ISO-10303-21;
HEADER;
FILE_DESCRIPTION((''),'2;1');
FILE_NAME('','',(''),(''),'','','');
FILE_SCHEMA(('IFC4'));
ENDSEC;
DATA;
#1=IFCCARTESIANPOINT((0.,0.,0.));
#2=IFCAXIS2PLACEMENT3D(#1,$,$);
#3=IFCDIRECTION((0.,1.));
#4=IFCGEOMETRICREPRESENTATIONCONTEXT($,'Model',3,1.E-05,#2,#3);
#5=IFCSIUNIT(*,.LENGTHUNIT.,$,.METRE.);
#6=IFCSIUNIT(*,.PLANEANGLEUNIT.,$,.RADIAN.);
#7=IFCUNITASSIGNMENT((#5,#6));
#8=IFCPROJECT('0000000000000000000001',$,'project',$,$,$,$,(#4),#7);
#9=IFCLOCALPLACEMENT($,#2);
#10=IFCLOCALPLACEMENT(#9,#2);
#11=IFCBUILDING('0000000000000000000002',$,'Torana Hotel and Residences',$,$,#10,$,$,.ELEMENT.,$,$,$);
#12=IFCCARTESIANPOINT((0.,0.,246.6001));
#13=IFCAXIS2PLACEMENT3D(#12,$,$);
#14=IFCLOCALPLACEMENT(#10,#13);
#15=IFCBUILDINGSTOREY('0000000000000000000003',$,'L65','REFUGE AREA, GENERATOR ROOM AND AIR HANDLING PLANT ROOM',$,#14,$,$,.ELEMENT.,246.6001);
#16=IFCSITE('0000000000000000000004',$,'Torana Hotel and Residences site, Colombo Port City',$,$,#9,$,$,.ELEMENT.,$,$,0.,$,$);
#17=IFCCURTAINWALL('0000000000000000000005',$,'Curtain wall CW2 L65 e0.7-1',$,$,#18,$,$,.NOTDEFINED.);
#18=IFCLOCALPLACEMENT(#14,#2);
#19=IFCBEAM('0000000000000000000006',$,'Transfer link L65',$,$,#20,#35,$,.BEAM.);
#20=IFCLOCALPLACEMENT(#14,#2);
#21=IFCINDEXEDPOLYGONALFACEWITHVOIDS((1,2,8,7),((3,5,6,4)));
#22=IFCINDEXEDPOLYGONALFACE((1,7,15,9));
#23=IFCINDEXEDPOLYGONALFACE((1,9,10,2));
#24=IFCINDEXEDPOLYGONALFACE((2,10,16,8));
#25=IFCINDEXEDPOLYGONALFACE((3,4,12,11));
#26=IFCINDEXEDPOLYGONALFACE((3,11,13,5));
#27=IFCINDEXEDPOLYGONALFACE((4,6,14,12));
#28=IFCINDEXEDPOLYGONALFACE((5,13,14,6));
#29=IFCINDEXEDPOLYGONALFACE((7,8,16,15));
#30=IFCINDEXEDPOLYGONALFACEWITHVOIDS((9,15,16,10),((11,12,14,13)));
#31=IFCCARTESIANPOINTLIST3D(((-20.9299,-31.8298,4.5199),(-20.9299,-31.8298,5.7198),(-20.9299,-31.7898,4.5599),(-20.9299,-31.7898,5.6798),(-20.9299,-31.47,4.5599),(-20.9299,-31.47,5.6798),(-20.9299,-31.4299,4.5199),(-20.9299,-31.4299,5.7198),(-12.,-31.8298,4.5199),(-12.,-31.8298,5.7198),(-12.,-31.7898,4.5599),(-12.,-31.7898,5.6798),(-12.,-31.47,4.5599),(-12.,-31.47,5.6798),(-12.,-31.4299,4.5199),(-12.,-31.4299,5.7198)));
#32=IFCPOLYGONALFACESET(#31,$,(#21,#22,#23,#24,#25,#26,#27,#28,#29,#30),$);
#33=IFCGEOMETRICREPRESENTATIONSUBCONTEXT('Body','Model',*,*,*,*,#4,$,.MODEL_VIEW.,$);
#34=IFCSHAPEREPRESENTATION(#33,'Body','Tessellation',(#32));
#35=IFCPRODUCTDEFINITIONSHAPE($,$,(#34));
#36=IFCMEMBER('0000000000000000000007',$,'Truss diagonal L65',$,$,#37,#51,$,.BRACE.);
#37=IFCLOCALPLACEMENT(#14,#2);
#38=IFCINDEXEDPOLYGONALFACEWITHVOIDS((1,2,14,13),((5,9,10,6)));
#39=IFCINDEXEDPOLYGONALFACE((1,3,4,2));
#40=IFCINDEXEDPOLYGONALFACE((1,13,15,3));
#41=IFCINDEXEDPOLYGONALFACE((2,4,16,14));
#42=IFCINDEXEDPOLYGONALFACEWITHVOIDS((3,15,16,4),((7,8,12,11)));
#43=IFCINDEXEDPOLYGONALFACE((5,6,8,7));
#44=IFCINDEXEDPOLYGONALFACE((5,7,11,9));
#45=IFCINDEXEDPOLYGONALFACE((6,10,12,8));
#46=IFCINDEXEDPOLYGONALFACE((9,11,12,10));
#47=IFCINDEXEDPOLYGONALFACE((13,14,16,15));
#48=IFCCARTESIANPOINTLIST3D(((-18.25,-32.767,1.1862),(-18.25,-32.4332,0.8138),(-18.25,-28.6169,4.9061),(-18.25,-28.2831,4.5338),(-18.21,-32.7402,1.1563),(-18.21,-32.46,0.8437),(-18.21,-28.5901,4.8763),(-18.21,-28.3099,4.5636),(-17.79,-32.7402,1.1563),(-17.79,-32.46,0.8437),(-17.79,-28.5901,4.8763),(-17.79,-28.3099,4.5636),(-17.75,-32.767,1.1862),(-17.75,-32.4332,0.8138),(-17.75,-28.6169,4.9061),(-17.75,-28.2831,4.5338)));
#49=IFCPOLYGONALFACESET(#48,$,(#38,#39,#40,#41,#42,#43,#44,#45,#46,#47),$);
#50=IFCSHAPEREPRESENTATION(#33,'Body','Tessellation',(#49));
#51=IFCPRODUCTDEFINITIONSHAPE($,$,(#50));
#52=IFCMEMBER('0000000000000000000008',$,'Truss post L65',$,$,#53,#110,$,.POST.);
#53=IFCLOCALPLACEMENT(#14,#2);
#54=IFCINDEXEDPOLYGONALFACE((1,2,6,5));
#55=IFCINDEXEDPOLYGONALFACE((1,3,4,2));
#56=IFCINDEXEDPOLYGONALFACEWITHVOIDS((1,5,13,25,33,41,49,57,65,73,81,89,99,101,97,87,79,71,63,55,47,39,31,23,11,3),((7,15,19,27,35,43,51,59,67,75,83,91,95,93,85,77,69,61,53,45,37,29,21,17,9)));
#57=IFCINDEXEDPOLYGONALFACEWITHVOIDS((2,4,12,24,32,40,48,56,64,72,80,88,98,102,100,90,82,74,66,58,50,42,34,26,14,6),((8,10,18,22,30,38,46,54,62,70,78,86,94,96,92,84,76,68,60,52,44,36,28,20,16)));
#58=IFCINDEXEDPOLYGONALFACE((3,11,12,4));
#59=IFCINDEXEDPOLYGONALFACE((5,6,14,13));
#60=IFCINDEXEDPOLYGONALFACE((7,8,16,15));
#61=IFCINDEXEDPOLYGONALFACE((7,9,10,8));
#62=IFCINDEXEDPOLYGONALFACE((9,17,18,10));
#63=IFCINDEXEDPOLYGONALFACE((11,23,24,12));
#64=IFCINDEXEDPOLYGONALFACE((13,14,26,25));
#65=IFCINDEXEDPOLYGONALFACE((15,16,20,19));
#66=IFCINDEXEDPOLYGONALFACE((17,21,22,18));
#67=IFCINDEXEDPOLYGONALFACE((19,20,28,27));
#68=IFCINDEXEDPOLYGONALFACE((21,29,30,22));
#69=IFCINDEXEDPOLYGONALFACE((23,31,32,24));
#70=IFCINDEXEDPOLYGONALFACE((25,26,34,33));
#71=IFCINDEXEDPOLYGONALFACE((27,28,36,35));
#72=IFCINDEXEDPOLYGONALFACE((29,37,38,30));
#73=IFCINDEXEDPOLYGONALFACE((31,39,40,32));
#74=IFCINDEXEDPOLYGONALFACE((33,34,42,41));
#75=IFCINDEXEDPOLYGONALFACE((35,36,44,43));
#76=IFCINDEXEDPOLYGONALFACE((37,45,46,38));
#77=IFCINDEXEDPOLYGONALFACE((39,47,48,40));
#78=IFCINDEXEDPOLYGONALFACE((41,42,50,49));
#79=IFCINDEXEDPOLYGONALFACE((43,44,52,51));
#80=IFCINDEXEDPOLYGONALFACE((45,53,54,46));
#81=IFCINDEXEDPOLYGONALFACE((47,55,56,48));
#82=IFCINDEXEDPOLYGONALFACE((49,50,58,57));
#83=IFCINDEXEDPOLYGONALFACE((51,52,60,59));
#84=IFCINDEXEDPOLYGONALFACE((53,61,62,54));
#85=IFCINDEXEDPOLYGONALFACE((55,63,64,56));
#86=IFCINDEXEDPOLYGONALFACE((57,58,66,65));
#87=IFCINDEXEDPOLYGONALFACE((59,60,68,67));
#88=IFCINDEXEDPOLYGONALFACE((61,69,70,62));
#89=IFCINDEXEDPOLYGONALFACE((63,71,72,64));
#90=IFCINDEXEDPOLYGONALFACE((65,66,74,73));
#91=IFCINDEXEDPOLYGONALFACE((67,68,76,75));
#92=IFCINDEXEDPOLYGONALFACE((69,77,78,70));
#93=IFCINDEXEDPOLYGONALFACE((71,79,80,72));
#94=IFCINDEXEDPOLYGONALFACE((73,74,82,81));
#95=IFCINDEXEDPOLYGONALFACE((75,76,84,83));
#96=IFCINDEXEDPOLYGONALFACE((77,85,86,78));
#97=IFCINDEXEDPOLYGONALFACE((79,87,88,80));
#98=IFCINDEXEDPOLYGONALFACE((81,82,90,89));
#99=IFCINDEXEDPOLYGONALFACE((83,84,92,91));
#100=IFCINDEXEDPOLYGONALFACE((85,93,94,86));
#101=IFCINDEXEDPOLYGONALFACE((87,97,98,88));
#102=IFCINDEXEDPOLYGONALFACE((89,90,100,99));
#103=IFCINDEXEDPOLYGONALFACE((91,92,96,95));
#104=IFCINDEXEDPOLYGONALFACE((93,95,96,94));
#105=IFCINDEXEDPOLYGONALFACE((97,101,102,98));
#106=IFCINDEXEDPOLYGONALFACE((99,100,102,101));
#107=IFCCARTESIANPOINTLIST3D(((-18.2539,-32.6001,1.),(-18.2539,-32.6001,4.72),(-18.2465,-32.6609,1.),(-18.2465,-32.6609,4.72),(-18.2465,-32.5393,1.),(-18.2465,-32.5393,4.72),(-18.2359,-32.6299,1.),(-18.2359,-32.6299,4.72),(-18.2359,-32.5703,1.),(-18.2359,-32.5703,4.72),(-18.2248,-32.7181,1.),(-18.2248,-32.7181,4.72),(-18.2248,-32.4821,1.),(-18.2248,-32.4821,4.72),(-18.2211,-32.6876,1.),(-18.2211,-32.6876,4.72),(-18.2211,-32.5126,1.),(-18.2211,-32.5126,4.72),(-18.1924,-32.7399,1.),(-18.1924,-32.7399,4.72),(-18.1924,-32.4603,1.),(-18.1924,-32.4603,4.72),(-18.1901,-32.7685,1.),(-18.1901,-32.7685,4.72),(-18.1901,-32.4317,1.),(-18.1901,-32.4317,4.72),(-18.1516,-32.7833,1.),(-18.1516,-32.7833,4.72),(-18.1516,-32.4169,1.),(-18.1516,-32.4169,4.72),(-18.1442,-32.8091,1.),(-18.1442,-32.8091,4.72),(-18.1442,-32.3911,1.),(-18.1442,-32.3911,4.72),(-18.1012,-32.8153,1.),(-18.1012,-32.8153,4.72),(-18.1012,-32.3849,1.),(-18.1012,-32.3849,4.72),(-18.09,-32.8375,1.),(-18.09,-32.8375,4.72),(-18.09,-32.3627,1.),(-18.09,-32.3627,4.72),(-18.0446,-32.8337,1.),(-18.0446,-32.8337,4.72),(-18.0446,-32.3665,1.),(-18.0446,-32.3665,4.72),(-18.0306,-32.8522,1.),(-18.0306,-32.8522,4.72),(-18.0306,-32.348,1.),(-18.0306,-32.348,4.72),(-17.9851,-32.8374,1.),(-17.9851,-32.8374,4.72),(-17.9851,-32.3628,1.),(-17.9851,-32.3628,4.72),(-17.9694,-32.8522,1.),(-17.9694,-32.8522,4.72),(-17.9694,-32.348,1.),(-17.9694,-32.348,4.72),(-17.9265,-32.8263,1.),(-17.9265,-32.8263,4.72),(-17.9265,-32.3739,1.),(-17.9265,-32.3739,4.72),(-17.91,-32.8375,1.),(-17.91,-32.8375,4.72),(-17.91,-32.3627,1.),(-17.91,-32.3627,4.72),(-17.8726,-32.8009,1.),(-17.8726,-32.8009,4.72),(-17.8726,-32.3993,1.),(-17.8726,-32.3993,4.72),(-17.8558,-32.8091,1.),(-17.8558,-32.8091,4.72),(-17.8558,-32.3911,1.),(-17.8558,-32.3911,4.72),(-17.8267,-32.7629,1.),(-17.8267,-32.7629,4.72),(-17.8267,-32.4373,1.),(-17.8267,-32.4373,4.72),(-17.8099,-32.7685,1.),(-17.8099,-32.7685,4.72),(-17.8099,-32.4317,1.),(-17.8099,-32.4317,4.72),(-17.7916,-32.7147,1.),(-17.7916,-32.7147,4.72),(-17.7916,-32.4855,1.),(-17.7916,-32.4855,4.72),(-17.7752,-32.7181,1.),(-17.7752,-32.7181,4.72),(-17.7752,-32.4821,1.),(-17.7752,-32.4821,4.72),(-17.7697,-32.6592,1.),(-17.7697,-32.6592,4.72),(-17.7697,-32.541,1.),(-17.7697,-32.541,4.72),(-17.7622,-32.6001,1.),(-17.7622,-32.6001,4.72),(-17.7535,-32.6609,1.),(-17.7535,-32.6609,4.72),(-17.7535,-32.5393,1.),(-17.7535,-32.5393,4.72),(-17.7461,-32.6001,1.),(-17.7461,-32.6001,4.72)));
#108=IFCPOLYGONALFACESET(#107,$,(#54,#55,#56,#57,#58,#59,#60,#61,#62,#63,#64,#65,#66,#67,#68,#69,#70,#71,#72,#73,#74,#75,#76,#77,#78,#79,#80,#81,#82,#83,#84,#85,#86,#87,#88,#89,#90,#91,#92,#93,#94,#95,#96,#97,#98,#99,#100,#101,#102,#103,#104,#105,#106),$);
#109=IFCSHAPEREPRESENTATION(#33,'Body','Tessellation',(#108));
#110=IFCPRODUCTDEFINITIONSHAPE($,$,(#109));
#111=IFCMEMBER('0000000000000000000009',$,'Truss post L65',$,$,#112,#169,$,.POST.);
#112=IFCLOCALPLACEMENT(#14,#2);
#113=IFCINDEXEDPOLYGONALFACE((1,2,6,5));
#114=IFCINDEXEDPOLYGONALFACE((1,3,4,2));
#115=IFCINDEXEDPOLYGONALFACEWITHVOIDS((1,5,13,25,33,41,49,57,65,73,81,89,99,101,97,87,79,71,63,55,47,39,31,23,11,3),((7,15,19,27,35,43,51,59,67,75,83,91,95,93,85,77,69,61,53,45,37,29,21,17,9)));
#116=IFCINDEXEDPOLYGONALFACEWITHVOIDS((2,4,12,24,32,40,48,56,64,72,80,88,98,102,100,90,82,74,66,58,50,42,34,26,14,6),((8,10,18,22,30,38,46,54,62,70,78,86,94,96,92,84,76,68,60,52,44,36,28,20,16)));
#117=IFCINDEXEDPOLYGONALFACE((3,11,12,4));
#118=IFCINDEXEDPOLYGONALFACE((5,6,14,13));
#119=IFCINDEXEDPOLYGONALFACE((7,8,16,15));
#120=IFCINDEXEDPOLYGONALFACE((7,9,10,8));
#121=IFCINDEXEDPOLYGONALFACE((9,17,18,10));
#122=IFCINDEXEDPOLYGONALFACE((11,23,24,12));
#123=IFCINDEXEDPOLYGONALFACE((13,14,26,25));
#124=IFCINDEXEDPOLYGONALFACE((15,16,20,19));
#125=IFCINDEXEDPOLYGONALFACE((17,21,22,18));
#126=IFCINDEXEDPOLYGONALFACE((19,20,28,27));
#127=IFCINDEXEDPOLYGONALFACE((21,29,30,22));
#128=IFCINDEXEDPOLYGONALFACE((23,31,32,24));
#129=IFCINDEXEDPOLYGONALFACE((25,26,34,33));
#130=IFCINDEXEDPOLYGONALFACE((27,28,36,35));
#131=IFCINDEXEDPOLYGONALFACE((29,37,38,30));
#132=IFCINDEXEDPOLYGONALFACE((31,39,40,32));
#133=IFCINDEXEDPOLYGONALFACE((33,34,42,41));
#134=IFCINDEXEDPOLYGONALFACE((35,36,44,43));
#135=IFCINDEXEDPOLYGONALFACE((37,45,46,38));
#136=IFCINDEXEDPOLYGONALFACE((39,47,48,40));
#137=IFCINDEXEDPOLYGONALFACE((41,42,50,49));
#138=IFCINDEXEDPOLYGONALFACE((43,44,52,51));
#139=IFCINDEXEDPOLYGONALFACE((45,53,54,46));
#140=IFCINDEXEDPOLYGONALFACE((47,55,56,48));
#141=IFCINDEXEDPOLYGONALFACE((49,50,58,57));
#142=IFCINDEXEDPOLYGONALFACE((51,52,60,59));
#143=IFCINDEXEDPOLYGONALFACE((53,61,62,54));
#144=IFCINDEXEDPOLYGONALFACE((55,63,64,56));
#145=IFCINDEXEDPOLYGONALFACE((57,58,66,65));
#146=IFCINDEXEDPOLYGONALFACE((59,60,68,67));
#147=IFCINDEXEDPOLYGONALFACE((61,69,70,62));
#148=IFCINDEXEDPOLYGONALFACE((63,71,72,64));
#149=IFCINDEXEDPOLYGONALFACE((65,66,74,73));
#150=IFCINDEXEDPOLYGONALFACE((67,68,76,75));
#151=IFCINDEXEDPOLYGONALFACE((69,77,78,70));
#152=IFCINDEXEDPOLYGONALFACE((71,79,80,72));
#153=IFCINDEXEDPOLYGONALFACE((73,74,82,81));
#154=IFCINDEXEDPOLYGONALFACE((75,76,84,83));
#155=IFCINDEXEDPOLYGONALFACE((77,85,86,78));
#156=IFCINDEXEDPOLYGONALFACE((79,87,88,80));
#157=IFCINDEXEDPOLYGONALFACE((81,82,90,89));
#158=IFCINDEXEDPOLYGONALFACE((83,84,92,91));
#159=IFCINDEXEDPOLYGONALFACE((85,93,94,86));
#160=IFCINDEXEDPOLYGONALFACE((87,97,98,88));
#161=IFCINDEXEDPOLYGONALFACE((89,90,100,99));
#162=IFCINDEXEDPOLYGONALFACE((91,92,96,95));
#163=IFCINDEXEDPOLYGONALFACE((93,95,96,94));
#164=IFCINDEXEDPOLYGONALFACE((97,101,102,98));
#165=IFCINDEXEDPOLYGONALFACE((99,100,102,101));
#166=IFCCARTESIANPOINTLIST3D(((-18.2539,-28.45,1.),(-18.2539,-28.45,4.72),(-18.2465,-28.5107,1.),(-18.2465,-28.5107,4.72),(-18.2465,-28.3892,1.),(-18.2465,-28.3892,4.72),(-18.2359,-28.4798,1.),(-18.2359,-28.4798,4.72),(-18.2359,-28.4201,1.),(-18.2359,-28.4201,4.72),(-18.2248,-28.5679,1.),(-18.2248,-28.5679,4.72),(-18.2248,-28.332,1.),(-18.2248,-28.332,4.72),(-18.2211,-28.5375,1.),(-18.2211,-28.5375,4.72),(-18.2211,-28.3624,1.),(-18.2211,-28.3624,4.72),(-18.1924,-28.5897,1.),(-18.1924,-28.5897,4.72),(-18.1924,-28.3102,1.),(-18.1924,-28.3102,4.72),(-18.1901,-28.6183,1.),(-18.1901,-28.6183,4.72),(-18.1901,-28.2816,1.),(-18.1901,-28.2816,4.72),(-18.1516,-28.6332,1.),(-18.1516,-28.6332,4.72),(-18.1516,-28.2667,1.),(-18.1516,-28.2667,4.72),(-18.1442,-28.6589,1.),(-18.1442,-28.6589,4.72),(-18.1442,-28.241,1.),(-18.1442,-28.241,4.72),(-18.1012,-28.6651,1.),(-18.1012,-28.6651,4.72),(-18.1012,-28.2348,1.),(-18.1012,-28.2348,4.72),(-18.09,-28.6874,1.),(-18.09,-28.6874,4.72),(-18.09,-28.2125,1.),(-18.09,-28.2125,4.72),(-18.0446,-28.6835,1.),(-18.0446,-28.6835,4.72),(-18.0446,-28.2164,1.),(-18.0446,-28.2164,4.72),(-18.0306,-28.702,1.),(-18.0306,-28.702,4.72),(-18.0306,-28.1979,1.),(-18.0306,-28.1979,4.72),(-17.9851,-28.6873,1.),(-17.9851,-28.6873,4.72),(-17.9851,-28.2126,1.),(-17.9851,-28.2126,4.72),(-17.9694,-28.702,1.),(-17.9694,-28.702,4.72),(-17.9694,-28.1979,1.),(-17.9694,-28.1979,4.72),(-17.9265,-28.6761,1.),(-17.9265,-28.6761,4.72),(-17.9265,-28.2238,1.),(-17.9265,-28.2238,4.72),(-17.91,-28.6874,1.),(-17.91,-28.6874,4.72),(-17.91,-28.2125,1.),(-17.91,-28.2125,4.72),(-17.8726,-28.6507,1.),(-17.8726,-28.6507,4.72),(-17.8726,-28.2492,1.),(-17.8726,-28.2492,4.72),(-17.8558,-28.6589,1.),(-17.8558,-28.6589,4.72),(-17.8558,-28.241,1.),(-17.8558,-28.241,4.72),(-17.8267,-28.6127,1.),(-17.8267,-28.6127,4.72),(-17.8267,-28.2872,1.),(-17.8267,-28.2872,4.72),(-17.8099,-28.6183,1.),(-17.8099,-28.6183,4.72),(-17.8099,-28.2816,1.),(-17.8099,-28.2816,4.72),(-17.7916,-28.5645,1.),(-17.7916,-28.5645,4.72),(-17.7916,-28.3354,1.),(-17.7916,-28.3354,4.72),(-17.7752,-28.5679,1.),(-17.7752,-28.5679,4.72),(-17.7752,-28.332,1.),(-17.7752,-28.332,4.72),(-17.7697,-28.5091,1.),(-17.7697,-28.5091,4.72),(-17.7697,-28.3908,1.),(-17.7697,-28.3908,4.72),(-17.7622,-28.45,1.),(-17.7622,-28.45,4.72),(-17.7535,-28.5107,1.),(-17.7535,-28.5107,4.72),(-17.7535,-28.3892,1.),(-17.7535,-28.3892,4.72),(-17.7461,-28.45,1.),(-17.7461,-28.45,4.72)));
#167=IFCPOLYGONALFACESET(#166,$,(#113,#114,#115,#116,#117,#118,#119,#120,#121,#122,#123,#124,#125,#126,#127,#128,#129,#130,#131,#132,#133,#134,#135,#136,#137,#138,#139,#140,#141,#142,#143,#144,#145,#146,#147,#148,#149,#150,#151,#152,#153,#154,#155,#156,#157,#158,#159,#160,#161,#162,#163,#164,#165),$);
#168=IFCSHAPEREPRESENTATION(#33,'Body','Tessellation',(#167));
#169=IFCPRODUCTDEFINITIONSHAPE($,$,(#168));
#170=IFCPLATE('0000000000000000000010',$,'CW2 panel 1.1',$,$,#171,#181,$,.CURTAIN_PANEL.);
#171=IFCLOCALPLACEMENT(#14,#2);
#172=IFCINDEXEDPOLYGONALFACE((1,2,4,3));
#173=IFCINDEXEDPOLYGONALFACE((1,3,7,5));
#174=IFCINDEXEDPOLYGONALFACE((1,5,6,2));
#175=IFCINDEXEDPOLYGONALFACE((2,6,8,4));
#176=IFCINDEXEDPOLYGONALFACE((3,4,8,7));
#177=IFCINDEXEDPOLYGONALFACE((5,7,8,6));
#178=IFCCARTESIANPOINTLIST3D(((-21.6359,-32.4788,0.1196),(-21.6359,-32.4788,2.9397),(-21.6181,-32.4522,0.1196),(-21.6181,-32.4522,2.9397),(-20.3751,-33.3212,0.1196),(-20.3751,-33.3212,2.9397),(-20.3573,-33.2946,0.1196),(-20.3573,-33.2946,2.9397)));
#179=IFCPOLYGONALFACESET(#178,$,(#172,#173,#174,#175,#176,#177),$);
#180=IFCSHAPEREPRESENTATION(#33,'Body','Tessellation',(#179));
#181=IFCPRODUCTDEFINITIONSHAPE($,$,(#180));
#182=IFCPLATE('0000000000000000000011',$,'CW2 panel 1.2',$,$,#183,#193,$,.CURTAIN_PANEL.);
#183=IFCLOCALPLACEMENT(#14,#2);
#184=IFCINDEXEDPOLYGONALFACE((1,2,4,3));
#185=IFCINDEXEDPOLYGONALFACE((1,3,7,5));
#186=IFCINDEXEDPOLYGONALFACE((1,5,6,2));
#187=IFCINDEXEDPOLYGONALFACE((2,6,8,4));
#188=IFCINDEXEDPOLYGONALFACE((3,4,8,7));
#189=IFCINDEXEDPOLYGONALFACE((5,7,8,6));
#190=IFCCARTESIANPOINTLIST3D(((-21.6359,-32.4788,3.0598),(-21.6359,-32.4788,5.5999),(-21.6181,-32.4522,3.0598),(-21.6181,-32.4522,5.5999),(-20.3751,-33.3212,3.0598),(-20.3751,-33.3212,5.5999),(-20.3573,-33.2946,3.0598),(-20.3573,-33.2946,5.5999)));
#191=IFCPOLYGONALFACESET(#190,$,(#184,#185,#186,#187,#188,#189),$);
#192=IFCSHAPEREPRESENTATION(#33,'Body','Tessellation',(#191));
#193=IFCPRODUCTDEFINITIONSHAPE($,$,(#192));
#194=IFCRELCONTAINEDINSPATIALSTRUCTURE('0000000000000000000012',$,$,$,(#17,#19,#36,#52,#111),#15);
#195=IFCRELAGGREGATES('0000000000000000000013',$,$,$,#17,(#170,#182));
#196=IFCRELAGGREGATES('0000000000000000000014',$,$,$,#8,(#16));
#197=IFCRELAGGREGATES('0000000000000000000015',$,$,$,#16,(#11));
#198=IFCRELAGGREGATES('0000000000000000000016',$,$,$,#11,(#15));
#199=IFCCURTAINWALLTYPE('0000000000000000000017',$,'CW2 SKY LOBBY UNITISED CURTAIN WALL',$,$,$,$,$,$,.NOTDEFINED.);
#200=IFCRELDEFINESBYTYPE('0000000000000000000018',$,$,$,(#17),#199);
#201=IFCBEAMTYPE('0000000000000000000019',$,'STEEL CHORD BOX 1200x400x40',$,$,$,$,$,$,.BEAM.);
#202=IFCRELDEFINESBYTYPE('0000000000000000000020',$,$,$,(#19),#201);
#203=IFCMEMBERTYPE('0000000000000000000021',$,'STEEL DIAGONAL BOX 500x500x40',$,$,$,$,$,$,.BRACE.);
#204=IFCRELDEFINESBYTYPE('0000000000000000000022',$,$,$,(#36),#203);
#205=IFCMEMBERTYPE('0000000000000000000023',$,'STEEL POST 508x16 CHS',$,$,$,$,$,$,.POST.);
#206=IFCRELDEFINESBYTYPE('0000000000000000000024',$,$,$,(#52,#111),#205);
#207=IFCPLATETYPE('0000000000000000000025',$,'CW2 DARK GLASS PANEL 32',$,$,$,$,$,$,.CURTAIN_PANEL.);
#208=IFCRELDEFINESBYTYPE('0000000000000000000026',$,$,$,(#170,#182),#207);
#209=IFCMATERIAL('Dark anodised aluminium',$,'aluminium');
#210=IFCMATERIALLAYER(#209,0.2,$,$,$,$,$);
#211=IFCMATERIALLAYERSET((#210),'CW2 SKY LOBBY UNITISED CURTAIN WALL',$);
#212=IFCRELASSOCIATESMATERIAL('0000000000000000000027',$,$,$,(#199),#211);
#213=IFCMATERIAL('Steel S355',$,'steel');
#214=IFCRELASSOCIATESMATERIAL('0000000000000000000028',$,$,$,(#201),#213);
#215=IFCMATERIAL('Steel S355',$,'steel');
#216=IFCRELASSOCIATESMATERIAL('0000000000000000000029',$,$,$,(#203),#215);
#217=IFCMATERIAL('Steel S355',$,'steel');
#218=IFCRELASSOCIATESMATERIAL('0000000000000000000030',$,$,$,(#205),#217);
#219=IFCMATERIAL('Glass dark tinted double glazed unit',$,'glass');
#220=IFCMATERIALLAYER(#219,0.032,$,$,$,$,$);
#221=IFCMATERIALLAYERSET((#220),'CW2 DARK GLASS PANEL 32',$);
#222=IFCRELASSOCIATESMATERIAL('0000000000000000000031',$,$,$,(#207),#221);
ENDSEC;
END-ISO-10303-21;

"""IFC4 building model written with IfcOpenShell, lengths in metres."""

from ifc_helpers import new_model, si_unit, direction, frame, origin, origin_2d, place, context, subcontext, project, spatial, rectangle, hollow_rectangle, hollow_circle, extrude, material, layer, layer_set, material_profile, profile_set, type_object, element, aggregate, save


model = new_model("IFC4")

# Units and contexts
model_context = context("Model", 3, precision=1e-05, world=origin(), true_north=direction((0.0, 1.0)))
body_context = subcontext(model_context, "Body", "Model", "MODEL_VIEW")
ifc_project = project(units=[si_unit("LENGTHUNIT", "METRE"), si_unit("PLANEANGLEUNIT", "RADIAN")], contexts=[model_context])

# Site, building, storey
site_placement = place(None, origin())
site = spatial("IfcSite", under=ifc_project, at=site_placement, Name="Torana Hotel and Residences site, Colombo Port City", CompositionType="ELEMENT", RefElevation=0.0)
building_placement = place(site_placement, origin())
building = spatial("IfcBuilding", under=site, at=building_placement, Name="Torana Hotel and Residences", CompositionType="ELEMENT")
storey_placement = place(building_placement, frame((0.0, 0.0, 246.6001)))
storey = spatial("IfcBuildingStorey", under=building, at=storey_placement, Name="L65", Description="REFUGE AREA, GENERATOR ROOM AND AIR HANDLING PLANT ROOM", CompositionType="ELEMENT", Elevation=246.6001)

# Curtain wall
ifc_material_1 = material(Name="Dark anodised aluminium", Category="aluminium")
ifc_layer_1 = layer(ifc_material_1, 0.2)
ifc_layer_set_1 = layer_set([ifc_layer_1], Name="CW2 SKY LOBBY UNITISED CURTAIN WALL")
curtain_wall_type = type_object("IfcCurtainWallType", Name="CW2 SKY LOBBY UNITISED CURTAIN WALL", PredefinedType="NOTDEFINED", material=ifc_layer_set_1)
curtain_wall_1_placement = place(storey_placement, origin())
curtain_wall_1 = element("IfcCurtainWall", 1, at=curtain_wall_1_placement, inside=storey, type_object=curtain_wall_type, Name="Curtain wall CW2 L65 e0.7-1", PredefinedType="NOTDEFINED")

# Beam
ifc_material_2 = material(Name="Steel S355", Category="steel")
ifc_material_profile_1 = material_profile(ifc_material_2, hollow_rectangle(XDim=0.3999, YDim=1.2, WallThickness=0.04, at=origin_2d()), Name="BOX 1200x400x40")
ifc_profile_set_1 = profile_set([ifc_material_profile_1], Name="Steel S355")
beam_type = type_object("IfcBeamType", Name="STEEL CHORD BOX 1200x400x40", PredefinedType="BEAM", material=ifc_profile_set_1)
beam_placement = place(storey_placement, frame((-20.9299, -31.6299, 5.1199), z_axis=(1.0, 0.0, 0.0), x_axis=(0.0, 1.0, 0.0)))
element("IfcBeam", 2, at=beam_placement, inside=storey, type_object=beam_type, Name="Transfer link L65", PredefinedType="BEAM", context=body_context, shape_type="SweptSolid", body=[
    extrude(hollow_rectangle(XDim=0.3999, YDim=1.2, WallThickness=0.04, at=origin_2d()), origin(), (0.0, 0.0, 1.0), 8.9299),
])

# Members
ifc_material_3 = material(Name="Steel S355", Category="steel")
ifc_material_profile_2 = material_profile(ifc_material_3, hollow_rectangle(XDim=0.5, YDim=0.5, WallThickness=0.04, at=origin_2d()), Name="BOX 500x500x40")
ifc_profile_set_2 = profile_set([ifc_material_profile_2], Name="Steel S355")
member_type_1 = type_object("IfcMemberType", Name="STEEL DIAGONAL BOX 500x500x40", PredefinedType="BRACE", material=ifc_profile_set_2)
member_1_placement = place(storey_placement, frame((-18.0, -32.6001, 1.0), z_axis=(0.0, 0.744645, 0.66746), x_axis=(-1.0, 0.0, 0.0)))
element("IfcMember", 3, at=member_1_placement, inside=storey, type_object=member_type_1, Name="Truss diagonal L65", PredefinedType="BRACE", context=body_context, shape_type="SweptSolid", body=[
    extrude(hollow_rectangle(XDim=0.5, YDim=0.5, WallThickness=0.04, at=origin_2d()), origin(), (0.0, 0.0, 1.0), 5.5732),
])
ifc_material_4 = material(Name="Steel S355", Category="steel")
ifc_material_profile_3 = material_profile(ifc_material_4, hollow_circle(Radius=0.2539, WallThickness=0.0161, at=origin_2d()), Name="508x16 CHS")
ifc_profile_set_3 = profile_set([ifc_material_profile_3], Name="Steel S355")
member_type_2 = type_object("IfcMemberType", Name="STEEL POST 508x16 CHS", PredefinedType="POST", material=ifc_profile_set_3)
for number, where, z_axis, x_axis, name in (
    (4, (-18.0, -32.6001, 1.0), (0.0, 0.0, 1.0), (1.0, 0.0, 0.0), "Truss post L65"),
    (5, (-18.0, -28.45, 1.0), (0.0, 0.0, 1.0), (1.0, 0.0, 0.0), "Truss post L65"),
):
    element("IfcMember", number, at=place(storey_placement, frame(where, z_axis=z_axis, x_axis=x_axis)), inside=storey, type_object=member_type_2, Name=name, PredefinedType="POST", context=body_context, shape_type="SweptSolid", body=[
        extrude(hollow_circle(Radius=0.2539, WallThickness=0.0161, at=origin_2d()), origin(), (0.0, 0.0, 1.0), 3.72),
    ])

# Plates
ifc_material_5 = material(Name="Glass dark tinted double glazed unit", Category="glass")
ifc_layer_2 = layer(ifc_material_5, 0.032)
ifc_layer_set_2 = layer_set([ifc_layer_2], Name="CW2 DARK GLASS PANEL 32")
plate_type_1 = type_object("IfcPlateType", Name="CW2 DARK GLASS PANEL 32", PredefinedType="CURTAIN_PANEL", material=ifc_layer_set_2)
plate_1_placement = place(storey_placement, frame((-20.9966, -32.8867, 0.1196), z_axis=(0.0, 0.0, 1.0), x_axis=(0.831474, -0.555564, 0.0)))
plate_1 = element("IfcPlate", 6, at=plate_1_placement, type_object=plate_type_1, Name="CW2 panel 1.1", PredefinedType="CURTAIN_PANEL", context=body_context, shape_type="SweptSolid", body=[
    extrude(rectangle(XDim=1.5164, YDim=0.032, at=origin_2d()), origin(), (0.0, 0.0, 1.0), 2.8201),
])
plate_2_placement = place(storey_placement, frame((-20.9966, -32.8867, 3.0598), z_axis=(0.0, 0.0, 1.0), x_axis=(0.831474, -0.555564, 0.0)))
plate_2 = element("IfcPlate", 7, at=plate_2_placement, type_object=plate_type_1, Name="CW2 panel 1.2", PredefinedType="CURTAIN_PANEL", context=body_context, shape_type="SweptSolid", body=[
    extrude(rectangle(XDim=1.5164, YDim=0.032, at=origin_2d()), origin(), (0.0, 0.0, 1.0), 2.54),
])
aggregate(curtain_wall_1, [plate_1, plate_2])

save(model, "model.ifc")
